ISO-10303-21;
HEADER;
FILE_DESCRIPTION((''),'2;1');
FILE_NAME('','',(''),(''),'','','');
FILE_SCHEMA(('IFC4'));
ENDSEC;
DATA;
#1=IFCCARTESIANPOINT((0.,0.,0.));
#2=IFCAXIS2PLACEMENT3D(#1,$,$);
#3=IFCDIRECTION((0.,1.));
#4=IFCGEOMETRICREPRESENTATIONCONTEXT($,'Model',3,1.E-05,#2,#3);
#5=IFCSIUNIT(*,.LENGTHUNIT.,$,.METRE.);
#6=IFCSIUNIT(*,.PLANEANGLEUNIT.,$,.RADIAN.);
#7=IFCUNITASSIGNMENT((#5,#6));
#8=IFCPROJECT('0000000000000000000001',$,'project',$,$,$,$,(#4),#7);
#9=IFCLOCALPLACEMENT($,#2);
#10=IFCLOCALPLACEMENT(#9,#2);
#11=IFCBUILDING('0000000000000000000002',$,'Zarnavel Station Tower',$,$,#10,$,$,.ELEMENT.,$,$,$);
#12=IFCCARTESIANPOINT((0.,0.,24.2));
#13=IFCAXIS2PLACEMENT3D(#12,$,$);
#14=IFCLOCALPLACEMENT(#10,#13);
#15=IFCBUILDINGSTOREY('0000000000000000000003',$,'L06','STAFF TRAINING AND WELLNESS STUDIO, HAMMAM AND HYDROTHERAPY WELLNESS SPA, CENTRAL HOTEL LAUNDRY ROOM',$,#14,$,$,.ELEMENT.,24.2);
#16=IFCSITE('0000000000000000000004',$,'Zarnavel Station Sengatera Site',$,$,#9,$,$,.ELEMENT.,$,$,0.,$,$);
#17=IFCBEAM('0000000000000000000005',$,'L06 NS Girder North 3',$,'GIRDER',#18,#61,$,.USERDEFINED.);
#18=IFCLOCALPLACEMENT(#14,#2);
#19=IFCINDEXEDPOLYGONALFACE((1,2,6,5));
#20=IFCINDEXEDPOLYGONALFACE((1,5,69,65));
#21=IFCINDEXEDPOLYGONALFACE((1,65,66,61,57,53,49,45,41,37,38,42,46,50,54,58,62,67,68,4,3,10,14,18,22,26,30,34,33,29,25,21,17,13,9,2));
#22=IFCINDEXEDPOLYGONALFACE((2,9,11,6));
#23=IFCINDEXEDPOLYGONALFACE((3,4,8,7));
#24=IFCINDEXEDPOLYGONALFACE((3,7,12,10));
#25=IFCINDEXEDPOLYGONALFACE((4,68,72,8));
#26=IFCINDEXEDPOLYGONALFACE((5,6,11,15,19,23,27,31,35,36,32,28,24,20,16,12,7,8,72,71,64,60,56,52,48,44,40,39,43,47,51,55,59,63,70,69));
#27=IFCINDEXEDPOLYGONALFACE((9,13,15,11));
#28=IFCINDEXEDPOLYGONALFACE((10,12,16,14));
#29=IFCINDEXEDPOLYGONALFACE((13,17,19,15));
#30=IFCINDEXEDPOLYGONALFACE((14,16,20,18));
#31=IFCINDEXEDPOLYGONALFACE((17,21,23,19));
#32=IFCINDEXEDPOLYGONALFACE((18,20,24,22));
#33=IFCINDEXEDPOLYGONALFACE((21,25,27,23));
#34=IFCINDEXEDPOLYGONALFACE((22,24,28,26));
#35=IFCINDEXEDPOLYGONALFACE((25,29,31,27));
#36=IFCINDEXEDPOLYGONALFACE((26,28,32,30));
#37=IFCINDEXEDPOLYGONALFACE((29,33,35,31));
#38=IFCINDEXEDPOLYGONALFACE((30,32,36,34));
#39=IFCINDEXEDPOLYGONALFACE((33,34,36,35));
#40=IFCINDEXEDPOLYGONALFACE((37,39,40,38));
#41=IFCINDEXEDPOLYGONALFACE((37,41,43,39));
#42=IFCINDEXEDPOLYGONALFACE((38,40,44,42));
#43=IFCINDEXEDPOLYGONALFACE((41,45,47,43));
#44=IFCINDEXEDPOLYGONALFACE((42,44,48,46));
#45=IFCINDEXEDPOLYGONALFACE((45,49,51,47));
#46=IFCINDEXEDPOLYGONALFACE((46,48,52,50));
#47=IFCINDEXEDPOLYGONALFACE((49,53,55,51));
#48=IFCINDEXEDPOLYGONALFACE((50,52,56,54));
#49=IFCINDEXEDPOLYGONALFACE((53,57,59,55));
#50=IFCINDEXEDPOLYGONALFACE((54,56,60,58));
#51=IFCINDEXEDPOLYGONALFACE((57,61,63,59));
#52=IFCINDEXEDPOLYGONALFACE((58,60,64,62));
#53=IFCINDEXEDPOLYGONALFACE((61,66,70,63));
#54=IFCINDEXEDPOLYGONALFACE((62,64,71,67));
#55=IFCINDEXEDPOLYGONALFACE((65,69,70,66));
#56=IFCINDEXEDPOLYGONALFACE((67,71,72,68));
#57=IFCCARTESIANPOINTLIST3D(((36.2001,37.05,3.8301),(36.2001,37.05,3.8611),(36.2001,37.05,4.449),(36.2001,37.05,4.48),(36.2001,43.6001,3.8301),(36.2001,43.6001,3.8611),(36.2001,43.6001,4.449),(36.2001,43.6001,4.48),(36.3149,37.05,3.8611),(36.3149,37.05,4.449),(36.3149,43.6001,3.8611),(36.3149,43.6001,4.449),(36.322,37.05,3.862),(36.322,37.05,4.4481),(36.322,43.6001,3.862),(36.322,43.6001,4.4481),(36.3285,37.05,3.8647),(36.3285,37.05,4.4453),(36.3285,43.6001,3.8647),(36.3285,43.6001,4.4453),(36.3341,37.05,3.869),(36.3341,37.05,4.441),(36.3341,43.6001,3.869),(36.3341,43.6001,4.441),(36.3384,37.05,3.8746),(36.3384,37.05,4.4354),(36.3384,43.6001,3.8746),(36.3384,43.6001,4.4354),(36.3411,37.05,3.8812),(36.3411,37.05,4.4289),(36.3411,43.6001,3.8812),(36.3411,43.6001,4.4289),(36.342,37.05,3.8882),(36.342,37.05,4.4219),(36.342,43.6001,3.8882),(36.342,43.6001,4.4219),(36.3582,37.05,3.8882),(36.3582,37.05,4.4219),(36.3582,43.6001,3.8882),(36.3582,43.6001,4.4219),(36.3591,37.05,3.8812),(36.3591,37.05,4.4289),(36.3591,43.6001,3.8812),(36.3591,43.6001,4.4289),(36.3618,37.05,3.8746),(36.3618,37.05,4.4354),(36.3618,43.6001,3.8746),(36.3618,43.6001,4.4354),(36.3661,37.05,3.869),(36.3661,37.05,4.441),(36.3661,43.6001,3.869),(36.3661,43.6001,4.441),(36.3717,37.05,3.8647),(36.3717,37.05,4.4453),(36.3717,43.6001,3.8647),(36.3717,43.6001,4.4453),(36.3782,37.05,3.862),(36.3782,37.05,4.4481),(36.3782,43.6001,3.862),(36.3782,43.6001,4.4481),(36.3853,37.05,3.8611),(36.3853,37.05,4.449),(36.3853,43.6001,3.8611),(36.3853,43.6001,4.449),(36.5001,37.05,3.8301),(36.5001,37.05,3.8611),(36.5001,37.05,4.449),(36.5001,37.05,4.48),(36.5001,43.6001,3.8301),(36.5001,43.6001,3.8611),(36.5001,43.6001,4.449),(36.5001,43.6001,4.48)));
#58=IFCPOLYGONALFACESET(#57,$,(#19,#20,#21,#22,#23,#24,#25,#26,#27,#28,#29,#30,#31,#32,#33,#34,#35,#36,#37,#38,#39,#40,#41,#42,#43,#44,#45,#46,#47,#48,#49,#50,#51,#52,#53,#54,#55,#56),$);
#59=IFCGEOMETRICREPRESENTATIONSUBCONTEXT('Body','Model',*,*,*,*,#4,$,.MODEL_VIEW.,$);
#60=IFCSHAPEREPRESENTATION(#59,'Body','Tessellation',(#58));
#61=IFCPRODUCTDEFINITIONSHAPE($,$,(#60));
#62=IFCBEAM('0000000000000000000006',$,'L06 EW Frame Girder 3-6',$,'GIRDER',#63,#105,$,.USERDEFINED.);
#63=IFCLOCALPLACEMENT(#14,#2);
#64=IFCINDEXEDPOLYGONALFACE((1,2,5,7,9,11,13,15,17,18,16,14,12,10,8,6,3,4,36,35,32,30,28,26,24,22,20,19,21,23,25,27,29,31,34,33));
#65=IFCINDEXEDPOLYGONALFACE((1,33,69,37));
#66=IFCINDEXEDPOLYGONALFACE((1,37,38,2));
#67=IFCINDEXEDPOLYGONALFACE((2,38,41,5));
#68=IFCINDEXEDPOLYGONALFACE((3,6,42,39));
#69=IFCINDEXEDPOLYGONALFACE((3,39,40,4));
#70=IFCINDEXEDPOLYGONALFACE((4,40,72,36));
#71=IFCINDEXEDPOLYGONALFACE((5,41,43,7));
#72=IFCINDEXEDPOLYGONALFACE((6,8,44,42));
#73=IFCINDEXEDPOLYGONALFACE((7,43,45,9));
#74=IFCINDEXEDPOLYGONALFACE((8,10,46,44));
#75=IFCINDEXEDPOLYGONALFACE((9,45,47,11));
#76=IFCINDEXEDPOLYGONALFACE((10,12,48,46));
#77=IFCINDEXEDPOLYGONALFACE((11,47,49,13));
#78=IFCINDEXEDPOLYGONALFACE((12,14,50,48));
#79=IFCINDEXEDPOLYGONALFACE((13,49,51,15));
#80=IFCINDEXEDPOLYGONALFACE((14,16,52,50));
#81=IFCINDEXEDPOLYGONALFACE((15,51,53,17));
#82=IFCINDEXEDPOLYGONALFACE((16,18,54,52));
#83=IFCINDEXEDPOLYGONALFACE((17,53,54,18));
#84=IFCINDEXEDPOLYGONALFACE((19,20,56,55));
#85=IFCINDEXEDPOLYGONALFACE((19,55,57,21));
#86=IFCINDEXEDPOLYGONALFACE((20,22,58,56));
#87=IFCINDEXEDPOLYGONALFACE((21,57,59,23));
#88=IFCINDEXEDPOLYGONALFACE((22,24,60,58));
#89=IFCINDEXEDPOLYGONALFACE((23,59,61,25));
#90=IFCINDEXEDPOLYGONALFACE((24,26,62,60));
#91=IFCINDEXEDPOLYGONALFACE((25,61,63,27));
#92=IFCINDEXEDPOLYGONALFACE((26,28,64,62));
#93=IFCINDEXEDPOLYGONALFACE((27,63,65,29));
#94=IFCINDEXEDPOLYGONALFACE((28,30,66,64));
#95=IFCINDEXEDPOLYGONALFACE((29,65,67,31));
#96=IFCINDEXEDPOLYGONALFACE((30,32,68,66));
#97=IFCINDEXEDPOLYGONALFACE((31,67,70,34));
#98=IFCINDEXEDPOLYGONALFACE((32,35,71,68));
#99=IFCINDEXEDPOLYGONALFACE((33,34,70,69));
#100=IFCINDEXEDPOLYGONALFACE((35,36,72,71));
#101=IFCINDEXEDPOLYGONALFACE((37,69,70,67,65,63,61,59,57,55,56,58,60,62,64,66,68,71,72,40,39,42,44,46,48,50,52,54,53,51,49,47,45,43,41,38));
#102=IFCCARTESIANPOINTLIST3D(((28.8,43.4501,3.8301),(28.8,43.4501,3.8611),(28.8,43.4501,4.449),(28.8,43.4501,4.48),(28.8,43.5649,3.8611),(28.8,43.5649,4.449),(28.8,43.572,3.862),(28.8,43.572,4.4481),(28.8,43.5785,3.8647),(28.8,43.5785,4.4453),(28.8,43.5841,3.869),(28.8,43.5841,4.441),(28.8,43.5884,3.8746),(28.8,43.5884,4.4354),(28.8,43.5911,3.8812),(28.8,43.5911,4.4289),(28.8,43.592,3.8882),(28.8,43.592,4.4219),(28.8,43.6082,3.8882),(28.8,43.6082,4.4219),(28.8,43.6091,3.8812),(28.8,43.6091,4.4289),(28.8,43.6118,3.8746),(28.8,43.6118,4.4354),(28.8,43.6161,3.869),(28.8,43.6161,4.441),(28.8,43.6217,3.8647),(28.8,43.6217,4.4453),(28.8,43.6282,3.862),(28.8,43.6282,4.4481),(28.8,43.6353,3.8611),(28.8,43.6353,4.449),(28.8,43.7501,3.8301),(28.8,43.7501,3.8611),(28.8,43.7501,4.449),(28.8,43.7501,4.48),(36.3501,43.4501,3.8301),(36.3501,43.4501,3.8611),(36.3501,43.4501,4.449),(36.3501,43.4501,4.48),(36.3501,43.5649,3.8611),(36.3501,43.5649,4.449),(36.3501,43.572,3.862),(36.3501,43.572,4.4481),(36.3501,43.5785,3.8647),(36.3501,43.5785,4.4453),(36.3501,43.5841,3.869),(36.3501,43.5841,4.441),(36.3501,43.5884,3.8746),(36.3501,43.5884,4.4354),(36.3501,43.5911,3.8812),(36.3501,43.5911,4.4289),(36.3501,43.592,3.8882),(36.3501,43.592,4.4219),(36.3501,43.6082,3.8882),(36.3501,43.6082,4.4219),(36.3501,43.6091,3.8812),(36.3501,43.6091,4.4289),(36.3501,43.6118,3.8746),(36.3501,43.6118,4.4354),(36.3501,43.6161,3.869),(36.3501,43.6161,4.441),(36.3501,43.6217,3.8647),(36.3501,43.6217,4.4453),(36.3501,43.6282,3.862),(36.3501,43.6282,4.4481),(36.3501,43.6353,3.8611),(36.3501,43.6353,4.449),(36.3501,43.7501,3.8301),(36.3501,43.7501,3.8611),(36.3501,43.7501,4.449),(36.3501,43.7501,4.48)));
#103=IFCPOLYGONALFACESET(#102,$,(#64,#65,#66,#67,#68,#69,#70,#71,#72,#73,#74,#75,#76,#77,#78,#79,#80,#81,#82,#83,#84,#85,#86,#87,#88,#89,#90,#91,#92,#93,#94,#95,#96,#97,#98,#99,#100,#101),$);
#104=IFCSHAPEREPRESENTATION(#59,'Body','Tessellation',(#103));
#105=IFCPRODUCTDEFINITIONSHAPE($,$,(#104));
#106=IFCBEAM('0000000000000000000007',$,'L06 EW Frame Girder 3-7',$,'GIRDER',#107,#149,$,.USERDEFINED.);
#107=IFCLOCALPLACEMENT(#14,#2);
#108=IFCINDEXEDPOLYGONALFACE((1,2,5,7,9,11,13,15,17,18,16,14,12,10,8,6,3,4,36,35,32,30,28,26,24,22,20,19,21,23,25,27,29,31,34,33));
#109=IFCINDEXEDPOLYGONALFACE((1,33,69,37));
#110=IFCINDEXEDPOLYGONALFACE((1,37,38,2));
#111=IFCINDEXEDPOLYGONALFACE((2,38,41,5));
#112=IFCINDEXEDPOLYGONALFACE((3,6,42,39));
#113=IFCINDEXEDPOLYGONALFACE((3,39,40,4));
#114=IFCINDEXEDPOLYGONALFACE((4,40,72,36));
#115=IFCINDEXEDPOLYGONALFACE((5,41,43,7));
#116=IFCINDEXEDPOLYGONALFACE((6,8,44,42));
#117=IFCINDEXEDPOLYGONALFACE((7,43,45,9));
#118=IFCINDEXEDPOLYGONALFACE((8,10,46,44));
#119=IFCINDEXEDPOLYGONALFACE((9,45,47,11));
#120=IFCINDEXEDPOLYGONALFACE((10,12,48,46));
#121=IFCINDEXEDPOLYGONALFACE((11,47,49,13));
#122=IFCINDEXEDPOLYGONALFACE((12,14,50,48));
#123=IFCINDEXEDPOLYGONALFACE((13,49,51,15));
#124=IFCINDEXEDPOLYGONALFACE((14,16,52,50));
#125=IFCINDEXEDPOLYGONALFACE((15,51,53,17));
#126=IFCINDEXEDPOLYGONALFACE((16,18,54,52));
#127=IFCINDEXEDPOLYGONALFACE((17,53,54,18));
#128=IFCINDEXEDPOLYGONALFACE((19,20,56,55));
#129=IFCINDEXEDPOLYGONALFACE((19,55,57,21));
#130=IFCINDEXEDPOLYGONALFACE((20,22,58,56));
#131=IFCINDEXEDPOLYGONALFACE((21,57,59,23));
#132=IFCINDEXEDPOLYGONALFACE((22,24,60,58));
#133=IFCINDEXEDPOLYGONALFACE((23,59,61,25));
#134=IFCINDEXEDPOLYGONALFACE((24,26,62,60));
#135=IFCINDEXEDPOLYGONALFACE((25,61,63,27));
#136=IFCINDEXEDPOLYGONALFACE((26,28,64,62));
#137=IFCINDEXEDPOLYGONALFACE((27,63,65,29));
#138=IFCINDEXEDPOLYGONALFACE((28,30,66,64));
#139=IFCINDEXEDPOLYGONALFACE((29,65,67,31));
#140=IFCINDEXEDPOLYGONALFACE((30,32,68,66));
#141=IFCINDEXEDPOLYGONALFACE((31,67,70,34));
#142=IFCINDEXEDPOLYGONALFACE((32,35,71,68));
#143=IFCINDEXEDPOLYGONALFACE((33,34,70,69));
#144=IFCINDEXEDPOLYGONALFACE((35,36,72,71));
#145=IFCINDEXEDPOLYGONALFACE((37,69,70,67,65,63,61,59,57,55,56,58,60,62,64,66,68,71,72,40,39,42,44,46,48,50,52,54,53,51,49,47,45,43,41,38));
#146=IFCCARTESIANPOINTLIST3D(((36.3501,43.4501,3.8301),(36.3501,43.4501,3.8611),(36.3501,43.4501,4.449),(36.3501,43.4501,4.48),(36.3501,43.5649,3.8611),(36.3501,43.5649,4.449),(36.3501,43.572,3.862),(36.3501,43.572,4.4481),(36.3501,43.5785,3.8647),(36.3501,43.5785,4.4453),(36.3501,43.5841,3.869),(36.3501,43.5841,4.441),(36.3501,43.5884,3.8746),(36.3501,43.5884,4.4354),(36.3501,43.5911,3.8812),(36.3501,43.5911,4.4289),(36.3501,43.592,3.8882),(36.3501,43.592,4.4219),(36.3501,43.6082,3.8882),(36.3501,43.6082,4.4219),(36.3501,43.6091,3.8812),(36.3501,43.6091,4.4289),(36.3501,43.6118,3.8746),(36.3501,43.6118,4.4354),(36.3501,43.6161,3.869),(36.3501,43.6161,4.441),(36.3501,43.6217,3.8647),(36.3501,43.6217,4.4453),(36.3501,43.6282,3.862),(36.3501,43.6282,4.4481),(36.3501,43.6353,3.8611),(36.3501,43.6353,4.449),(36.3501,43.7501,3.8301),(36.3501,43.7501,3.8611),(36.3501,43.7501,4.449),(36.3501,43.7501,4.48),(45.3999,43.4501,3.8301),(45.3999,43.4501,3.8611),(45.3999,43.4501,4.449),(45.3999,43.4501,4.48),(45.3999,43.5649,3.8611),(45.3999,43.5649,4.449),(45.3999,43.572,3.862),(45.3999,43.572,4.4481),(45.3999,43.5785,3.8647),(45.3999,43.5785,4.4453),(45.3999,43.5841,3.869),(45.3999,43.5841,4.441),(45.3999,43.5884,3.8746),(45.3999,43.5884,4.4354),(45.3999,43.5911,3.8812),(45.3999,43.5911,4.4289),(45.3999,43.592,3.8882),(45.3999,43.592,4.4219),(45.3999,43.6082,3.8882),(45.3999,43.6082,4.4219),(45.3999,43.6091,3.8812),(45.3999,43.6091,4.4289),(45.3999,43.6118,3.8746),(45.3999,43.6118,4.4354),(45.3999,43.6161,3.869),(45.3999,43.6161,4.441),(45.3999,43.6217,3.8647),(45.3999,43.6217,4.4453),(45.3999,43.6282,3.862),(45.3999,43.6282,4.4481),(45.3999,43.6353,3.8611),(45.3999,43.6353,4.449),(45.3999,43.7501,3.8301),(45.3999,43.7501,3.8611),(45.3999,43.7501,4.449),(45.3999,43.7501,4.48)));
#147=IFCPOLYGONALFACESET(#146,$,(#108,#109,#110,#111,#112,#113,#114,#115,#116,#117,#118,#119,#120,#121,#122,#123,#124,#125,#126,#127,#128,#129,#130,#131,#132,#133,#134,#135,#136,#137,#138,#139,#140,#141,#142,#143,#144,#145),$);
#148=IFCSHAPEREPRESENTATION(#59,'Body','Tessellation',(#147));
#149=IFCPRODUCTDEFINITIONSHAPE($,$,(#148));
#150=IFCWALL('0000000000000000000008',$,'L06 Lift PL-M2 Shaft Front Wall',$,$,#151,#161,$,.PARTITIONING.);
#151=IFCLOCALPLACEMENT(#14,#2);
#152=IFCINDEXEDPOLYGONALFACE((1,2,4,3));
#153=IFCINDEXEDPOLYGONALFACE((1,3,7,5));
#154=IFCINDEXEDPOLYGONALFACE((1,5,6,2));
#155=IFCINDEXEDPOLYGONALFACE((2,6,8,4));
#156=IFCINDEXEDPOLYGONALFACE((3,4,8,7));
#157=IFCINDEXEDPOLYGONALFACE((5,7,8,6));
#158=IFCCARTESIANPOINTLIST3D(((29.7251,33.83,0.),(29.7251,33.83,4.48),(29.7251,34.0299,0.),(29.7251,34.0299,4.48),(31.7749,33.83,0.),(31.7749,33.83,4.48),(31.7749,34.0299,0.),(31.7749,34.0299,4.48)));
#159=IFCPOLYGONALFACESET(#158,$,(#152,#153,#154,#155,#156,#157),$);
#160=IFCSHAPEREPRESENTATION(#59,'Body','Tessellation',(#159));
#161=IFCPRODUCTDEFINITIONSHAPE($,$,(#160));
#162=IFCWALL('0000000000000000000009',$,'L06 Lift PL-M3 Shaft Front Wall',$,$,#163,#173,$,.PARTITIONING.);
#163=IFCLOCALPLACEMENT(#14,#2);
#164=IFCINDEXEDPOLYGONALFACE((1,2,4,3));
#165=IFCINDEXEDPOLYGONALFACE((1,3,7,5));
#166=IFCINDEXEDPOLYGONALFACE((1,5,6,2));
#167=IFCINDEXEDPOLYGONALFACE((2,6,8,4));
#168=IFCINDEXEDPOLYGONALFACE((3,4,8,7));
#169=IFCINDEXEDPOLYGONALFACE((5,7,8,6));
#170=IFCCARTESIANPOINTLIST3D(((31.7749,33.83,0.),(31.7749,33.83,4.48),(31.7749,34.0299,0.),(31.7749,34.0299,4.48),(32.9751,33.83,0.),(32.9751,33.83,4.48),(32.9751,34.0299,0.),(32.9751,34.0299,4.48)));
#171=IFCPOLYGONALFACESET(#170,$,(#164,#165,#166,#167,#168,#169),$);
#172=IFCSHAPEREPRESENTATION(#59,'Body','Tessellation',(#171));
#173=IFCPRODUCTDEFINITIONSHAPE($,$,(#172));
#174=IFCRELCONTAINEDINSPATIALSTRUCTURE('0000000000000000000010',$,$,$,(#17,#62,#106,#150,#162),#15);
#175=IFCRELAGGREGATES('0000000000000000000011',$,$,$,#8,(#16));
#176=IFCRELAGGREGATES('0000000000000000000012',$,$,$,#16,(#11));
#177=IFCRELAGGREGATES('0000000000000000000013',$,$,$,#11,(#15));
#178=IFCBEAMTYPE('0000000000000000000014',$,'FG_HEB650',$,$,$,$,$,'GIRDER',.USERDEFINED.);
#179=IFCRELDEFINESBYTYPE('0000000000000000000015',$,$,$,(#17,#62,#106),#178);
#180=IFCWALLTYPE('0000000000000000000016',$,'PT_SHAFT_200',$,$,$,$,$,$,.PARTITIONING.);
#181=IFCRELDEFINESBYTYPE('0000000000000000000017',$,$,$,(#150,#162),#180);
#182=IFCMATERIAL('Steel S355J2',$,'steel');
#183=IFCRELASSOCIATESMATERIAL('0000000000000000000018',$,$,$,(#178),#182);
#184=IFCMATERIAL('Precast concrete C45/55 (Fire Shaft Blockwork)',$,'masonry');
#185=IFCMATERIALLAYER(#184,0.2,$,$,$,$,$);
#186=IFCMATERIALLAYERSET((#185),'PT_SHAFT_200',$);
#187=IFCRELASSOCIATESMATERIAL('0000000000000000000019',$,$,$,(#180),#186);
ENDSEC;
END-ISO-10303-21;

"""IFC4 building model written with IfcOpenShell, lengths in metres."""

from ifc_helpers import new_model, si_unit, direction, frame, frame_2d, origin, origin_2d, place, context, subcontext, project, spatial, rectangle, i_section, extrude, material, layer, layer_set, material_profile, profile_set, type_object, element, save


model = new_model("IFC4")

# Units and contexts
model_context = context("Model", 3, precision=1e-05, world=origin(), true_north=direction((0.0, 1.0)))
body_context = subcontext(model_context, "Body", "Model", "MODEL_VIEW")
ifc_project = project(units=[si_unit("LENGTHUNIT", "METRE"), si_unit("PLANEANGLEUNIT", "RADIAN")], contexts=[model_context])

# Site, building, storey
site_placement = place(None, origin())
site = spatial("IfcSite", under=ifc_project, at=site_placement, Name="Zarnavel Station Sengatera Site", CompositionType="ELEMENT", RefElevation=0.0)
building_placement = place(site_placement, origin())
building = spatial("IfcBuilding", under=site, at=building_placement, Name="Zarnavel Station Tower", CompositionType="ELEMENT")
storey_placement = place(building_placement, frame((0.0, 0.0, 24.2)))
storey = spatial("IfcBuildingStorey", under=building, at=storey_placement, Name="L06", Description="STAFF TRAINING AND WELLNESS STUDIO, HAMMAM AND HYDROTHERAPY WELLNESS SPA, CENTRAL HOTEL LAUNDRY ROOM", CompositionType="ELEMENT", Elevation=24.2)

# Beams
ifc_material_1 = material(Name="Steel S355J2", Category="steel")
ifc_material_profile_1 = material_profile(ifc_material_1, i_section(OverallWidth=0.3, OverallDepth=0.6499, WebThickness=0.0161, FlangeThickness=0.031, FilletRadius=0.0271, at=origin_2d()), Name="HEB650")
ifc_profile_set_1 = profile_set([ifc_material_profile_1], Name="Steel S355J2")
beam_type = type_object("IfcBeamType", Name="FG_HEB650", ElementType="GIRDER", PredefinedType="USERDEFINED", material=ifc_profile_set_1)
beam_1_placement = place(storey_placement, frame((36.3501, 37.05, 4.155), z_axis=(0.0, 1.0, 0.0), x_axis=(-1.0, 0.0, 0.0)))
element("IfcBeam", 1, at=beam_1_placement, inside=storey, type_object=beam_type, Name="L06 NS Girder North 3", ObjectType="GIRDER", PredefinedType="USERDEFINED", context=body_context, shape_type="SweptSolid", body=[
    extrude(i_section(OverallWidth=0.3, OverallDepth=0.6499, WebThickness=0.0161, FlangeThickness=0.031, FilletRadius=0.0271, at=origin_2d()), origin(), (0.0, 0.0, 1.0), 6.55),
])
beam_2_placement = place(storey_placement, frame((28.8, 43.6001, 4.155), z_axis=(1.0, 0.0, 0.0), x_axis=(0.0, 1.0, 0.0)))
element("IfcBeam", 2, at=beam_2_placement, inside=storey, type_object=beam_type, Name="L06 EW Frame Girder 3-6", ObjectType="GIRDER", PredefinedType="USERDEFINED", context=body_context, shape_type="SweptSolid", body=[
    extrude(i_section(OverallWidth=0.3, OverallDepth=0.6499, WebThickness=0.0161, FlangeThickness=0.031, FilletRadius=0.0271, at=origin_2d()), origin(), (0.0, 0.0, 1.0), 7.55),
])
beam_3_placement = place(storey_placement, frame((36.3501, 43.6001, 4.155), z_axis=(1.0, 0.0, 0.0), x_axis=(0.0, 1.0, 0.0)))
element("IfcBeam", 3, at=beam_3_placement, inside=storey, type_object=beam_type, Name="L06 EW Frame Girder 3-7", ObjectType="GIRDER", PredefinedType="USERDEFINED", context=body_context, shape_type="SweptSolid", body=[
    extrude(i_section(OverallWidth=0.3, OverallDepth=0.6499, WebThickness=0.0161, FlangeThickness=0.031, FilletRadius=0.0271, at=origin_2d()), origin(), (0.0, 0.0, 1.0), 9.0498),
])

# Shared definitions
ifc_material_2 = material(Name="Precast concrete C45/55 (Fire Shaft Blockwork)", Category="masonry")
ifc_layer_1 = layer(ifc_material_2, 0.2)
ifc_layer_set_1 = layer_set([ifc_layer_1], Name="PT_SHAFT_200")
wall_type = type_object("IfcWallType", Name="PT_SHAFT_200", PredefinedType="PARTITIONING", material=ifc_layer_set_1)

# Walls
wall_1_placement = place(storey_placement, frame((29.7251, 33.9299, 0.0), z_axis=(0.0, 0.0, 1.0), x_axis=(1.0, 0.0, 0.0)))
element("IfcWall", 4, at=wall_1_placement, inside=storey, type_object=wall_type, Name="L06 Lift PL-M2 Shaft Front Wall", PredefinedType="PARTITIONING", context=body_context, shape_type="SweptSolid", body=[
    extrude(rectangle(XDim=2.0498, YDim=0.2, at=frame_2d((1.0249, 0.0))), origin(), (0.0, 0.0, 1.0), 4.48),
])
wall_2_placement = place(storey_placement, frame((31.7749, 33.9299, 0.0), z_axis=(0.0, 0.0, 1.0), x_axis=(1.0, 0.0, 0.0)))
element("IfcWall", 5, at=wall_2_placement, inside=storey, type_object=wall_type, Name="L06 Lift PL-M3 Shaft Front Wall", PredefinedType="PARTITIONING", context=body_context, shape_type="SweptSolid", body=[
    extrude(rectangle(XDim=1.2002, YDim=0.2, at=frame_2d((0.6001, 0.0))), origin(), (0.0, 0.0, 1.0), 4.48),
])

save(model, "model.ifc")
